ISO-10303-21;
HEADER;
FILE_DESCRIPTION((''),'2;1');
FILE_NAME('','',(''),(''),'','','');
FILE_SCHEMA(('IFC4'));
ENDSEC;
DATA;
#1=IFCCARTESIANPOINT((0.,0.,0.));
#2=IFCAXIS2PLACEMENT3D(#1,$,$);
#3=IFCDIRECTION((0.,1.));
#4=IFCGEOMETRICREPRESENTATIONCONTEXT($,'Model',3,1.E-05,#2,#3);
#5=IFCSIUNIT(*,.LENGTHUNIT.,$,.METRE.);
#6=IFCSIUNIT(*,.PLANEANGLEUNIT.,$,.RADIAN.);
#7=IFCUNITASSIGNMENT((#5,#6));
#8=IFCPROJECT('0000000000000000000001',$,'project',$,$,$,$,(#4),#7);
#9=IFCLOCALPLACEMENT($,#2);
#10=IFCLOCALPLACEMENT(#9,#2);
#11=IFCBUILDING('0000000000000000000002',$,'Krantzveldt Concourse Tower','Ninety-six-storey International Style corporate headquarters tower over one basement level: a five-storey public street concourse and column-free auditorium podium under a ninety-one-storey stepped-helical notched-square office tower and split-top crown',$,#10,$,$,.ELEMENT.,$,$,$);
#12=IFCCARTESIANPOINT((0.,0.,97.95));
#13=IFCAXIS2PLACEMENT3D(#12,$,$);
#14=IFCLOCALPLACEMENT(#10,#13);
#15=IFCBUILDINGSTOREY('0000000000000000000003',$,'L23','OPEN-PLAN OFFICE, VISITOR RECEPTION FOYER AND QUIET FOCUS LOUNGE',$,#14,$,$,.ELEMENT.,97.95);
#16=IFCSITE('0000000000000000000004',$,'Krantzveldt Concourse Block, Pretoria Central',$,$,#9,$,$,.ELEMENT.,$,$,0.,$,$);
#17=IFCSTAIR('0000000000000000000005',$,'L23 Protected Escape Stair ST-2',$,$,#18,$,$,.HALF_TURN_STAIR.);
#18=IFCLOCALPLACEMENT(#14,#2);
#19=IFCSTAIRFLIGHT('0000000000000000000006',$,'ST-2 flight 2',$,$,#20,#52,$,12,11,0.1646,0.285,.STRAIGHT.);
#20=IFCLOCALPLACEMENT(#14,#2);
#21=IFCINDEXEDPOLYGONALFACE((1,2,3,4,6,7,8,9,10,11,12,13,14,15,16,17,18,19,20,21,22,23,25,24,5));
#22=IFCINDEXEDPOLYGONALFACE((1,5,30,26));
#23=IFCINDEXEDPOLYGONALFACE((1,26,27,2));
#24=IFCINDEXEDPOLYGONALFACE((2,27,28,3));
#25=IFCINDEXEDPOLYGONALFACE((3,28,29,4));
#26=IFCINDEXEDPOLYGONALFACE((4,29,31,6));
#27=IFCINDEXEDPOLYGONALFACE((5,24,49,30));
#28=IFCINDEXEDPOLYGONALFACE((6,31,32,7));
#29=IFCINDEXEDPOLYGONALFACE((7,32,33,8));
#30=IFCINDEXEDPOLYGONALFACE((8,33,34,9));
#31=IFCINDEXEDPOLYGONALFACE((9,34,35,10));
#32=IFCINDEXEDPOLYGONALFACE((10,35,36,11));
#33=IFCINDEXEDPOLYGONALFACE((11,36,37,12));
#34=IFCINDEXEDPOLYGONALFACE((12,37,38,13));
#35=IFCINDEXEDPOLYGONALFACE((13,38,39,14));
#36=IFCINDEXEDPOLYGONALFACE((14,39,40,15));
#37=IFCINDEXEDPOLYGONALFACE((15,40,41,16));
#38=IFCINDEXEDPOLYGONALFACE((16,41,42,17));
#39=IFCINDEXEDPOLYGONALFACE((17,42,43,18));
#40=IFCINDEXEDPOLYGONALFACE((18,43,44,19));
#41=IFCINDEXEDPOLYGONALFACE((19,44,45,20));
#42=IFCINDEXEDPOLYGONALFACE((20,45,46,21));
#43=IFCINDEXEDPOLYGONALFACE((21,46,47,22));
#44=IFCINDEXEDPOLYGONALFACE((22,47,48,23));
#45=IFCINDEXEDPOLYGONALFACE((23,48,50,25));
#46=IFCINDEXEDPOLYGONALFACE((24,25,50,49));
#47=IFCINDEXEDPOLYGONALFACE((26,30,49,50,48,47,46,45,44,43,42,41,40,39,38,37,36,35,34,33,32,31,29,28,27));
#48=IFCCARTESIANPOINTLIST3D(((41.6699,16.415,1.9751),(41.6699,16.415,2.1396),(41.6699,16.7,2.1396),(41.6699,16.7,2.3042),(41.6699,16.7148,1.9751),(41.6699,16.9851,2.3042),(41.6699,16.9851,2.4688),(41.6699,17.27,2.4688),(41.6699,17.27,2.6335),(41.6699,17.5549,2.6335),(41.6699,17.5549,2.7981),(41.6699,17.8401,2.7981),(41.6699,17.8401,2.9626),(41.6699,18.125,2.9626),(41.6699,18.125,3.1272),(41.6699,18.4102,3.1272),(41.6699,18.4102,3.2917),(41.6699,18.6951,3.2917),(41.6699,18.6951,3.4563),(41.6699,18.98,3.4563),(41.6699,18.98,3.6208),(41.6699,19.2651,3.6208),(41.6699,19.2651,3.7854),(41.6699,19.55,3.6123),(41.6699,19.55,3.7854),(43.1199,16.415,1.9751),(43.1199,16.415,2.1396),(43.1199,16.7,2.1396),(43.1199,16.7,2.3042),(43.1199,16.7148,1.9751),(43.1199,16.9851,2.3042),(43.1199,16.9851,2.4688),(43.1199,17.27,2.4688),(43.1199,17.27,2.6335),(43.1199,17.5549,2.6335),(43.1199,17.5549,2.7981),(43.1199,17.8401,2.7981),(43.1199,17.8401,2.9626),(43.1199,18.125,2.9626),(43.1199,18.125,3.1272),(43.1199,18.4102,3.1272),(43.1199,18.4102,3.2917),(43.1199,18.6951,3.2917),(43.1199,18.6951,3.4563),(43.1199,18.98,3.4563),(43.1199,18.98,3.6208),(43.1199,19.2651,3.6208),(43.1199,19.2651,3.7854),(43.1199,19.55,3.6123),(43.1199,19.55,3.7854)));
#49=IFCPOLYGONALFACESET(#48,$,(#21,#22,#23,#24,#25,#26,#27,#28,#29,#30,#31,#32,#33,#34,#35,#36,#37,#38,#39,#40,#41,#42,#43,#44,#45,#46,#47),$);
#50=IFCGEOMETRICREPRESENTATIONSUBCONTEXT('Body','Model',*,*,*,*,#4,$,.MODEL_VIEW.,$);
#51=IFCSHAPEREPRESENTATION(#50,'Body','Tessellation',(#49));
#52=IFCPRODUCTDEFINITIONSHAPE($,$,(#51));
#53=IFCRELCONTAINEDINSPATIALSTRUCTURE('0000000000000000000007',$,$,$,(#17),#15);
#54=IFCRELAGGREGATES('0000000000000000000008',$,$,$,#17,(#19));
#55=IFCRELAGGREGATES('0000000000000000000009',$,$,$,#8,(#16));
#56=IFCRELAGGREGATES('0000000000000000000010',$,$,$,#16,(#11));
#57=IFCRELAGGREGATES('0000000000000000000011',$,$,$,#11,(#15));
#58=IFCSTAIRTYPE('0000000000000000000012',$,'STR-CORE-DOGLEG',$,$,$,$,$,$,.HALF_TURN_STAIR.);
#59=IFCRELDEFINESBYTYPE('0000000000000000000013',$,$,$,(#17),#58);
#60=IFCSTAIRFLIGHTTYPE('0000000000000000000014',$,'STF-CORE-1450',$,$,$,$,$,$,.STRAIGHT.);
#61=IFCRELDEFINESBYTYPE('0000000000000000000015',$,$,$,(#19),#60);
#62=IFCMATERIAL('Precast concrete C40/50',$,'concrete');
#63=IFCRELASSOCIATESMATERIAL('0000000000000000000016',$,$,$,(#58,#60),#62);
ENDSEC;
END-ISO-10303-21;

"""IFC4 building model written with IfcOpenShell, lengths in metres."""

from ifc_helpers import new_model, si_unit, direction, frame, origin, place, context, subcontext, project, spatial, polyline, outline, extrude, material, type_object, element, aggregate, save


model = new_model("IFC4")

# Units and contexts
model_context = context("Model", 3, precision=1e-05, world=origin(), true_north=direction((0.0, 1.0)))
body_context = subcontext(model_context, "Body", "Model", "MODEL_VIEW")
ifc_project = project(units=[si_unit("LENGTHUNIT", "METRE"), si_unit("PLANEANGLEUNIT", "RADIAN")], contexts=[model_context])

# Site, building, storey
site_placement = place(None, origin())
site = spatial("IfcSite", under=ifc_project, at=site_placement, Name="Krantzveldt Concourse Block, Pretoria Central", CompositionType="ELEMENT", RefElevation=0.0)
building_placement = place(site_placement, origin())
building = spatial("IfcBuilding", under=site, at=building_placement, Name="Krantzveldt Concourse Tower", Description="Ninety-six-storey International Style corporate headquarters tower over one basement level: a five-storey public street concourse and column-free auditorium podium under a ninety-one-storey stepped-helical notched-square office tower and split-top crown", CompositionType="ELEMENT")
storey_placement = place(building_placement, frame((0.0, 0.0, 97.95)))
storey = spatial("IfcBuildingStorey", under=building, at=storey_placement, Name="L23", Description="OPEN-PLAN OFFICE, VISITOR RECEPTION FOYER AND QUIET FOCUS LOUNGE", CompositionType="ELEMENT", Elevation=97.95)

# Stair, stair flight
ifc_material_1 = material(Name="Precast concrete C40/50", Category="concrete")
stair_type = type_object("IfcStairType", Name="STR-CORE-DOGLEG", PredefinedType="HALF_TURN_STAIR", material=ifc_material_1)
stair_placement = place(storey_placement, origin())
stair = element("IfcStair", 1, at=stair_placement, inside=storey, type_object=stair_type, Name="L23 Protected Escape Stair ST-2", PredefinedType="HALF_TURN_STAIR")
stair_flight_type = type_object("IfcStairFlightType", Name="STF-CORE-1450", PredefinedType="STRAIGHT", material=ifc_material_1)
stair_flight_1_placement = place(storey_placement, frame((42.395, 16.415, 1.9751), z_axis=(0.0, 0.0, 1.0), x_axis=(0.0, 1.0, 0.0)))
stair_flight_1 = element("IfcStairFlight", 2, at=stair_flight_1_placement, type_object=stair_flight_type, Name="ST-2 flight 2", NumberOfRisers=12, NumberOfTreads=11, PredefinedType="STRAIGHT", RiserHeight=0.1646, TreadLength=0.285, context=body_context, shape_type="SweptSolid", body=[
    extrude(outline(polyline([(0.0, 0.0), (0.0, 0.1646), (0.2849, 0.1646), (0.2849, 0.3291), (0.5701, 0.3291), (0.5701, 0.4937), (0.855, 0.4937), (0.855, 0.6584), (1.1399, 0.6584), (1.1399, 0.823), (1.425, 0.823), (1.425, 0.9875), (1.71, 0.9875), (1.71, 1.1521), (1.9951, 1.1521), (1.9951, 1.3167), (2.28, 1.3167), (2.28, 1.4812), (2.5649, 1.4812), (2.5649, 1.6458), (2.8501, 1.6458), (2.8501, 1.8103), (3.135, 1.8103), (3.135, 1.9751), (3.135, 1.6372), (0.2998, 0.0), (0.0, 0.0)])), frame((0.0, 0.7251, 0.0), z_axis=(0.0, -1.0, 0.0), x_axis=(1.0, 0.0, 0.0)), (0.0, 0.0, 1.0), 1.45),
])
aggregate(stair, [stair_flight_1])

save(model, "model.ifc")
